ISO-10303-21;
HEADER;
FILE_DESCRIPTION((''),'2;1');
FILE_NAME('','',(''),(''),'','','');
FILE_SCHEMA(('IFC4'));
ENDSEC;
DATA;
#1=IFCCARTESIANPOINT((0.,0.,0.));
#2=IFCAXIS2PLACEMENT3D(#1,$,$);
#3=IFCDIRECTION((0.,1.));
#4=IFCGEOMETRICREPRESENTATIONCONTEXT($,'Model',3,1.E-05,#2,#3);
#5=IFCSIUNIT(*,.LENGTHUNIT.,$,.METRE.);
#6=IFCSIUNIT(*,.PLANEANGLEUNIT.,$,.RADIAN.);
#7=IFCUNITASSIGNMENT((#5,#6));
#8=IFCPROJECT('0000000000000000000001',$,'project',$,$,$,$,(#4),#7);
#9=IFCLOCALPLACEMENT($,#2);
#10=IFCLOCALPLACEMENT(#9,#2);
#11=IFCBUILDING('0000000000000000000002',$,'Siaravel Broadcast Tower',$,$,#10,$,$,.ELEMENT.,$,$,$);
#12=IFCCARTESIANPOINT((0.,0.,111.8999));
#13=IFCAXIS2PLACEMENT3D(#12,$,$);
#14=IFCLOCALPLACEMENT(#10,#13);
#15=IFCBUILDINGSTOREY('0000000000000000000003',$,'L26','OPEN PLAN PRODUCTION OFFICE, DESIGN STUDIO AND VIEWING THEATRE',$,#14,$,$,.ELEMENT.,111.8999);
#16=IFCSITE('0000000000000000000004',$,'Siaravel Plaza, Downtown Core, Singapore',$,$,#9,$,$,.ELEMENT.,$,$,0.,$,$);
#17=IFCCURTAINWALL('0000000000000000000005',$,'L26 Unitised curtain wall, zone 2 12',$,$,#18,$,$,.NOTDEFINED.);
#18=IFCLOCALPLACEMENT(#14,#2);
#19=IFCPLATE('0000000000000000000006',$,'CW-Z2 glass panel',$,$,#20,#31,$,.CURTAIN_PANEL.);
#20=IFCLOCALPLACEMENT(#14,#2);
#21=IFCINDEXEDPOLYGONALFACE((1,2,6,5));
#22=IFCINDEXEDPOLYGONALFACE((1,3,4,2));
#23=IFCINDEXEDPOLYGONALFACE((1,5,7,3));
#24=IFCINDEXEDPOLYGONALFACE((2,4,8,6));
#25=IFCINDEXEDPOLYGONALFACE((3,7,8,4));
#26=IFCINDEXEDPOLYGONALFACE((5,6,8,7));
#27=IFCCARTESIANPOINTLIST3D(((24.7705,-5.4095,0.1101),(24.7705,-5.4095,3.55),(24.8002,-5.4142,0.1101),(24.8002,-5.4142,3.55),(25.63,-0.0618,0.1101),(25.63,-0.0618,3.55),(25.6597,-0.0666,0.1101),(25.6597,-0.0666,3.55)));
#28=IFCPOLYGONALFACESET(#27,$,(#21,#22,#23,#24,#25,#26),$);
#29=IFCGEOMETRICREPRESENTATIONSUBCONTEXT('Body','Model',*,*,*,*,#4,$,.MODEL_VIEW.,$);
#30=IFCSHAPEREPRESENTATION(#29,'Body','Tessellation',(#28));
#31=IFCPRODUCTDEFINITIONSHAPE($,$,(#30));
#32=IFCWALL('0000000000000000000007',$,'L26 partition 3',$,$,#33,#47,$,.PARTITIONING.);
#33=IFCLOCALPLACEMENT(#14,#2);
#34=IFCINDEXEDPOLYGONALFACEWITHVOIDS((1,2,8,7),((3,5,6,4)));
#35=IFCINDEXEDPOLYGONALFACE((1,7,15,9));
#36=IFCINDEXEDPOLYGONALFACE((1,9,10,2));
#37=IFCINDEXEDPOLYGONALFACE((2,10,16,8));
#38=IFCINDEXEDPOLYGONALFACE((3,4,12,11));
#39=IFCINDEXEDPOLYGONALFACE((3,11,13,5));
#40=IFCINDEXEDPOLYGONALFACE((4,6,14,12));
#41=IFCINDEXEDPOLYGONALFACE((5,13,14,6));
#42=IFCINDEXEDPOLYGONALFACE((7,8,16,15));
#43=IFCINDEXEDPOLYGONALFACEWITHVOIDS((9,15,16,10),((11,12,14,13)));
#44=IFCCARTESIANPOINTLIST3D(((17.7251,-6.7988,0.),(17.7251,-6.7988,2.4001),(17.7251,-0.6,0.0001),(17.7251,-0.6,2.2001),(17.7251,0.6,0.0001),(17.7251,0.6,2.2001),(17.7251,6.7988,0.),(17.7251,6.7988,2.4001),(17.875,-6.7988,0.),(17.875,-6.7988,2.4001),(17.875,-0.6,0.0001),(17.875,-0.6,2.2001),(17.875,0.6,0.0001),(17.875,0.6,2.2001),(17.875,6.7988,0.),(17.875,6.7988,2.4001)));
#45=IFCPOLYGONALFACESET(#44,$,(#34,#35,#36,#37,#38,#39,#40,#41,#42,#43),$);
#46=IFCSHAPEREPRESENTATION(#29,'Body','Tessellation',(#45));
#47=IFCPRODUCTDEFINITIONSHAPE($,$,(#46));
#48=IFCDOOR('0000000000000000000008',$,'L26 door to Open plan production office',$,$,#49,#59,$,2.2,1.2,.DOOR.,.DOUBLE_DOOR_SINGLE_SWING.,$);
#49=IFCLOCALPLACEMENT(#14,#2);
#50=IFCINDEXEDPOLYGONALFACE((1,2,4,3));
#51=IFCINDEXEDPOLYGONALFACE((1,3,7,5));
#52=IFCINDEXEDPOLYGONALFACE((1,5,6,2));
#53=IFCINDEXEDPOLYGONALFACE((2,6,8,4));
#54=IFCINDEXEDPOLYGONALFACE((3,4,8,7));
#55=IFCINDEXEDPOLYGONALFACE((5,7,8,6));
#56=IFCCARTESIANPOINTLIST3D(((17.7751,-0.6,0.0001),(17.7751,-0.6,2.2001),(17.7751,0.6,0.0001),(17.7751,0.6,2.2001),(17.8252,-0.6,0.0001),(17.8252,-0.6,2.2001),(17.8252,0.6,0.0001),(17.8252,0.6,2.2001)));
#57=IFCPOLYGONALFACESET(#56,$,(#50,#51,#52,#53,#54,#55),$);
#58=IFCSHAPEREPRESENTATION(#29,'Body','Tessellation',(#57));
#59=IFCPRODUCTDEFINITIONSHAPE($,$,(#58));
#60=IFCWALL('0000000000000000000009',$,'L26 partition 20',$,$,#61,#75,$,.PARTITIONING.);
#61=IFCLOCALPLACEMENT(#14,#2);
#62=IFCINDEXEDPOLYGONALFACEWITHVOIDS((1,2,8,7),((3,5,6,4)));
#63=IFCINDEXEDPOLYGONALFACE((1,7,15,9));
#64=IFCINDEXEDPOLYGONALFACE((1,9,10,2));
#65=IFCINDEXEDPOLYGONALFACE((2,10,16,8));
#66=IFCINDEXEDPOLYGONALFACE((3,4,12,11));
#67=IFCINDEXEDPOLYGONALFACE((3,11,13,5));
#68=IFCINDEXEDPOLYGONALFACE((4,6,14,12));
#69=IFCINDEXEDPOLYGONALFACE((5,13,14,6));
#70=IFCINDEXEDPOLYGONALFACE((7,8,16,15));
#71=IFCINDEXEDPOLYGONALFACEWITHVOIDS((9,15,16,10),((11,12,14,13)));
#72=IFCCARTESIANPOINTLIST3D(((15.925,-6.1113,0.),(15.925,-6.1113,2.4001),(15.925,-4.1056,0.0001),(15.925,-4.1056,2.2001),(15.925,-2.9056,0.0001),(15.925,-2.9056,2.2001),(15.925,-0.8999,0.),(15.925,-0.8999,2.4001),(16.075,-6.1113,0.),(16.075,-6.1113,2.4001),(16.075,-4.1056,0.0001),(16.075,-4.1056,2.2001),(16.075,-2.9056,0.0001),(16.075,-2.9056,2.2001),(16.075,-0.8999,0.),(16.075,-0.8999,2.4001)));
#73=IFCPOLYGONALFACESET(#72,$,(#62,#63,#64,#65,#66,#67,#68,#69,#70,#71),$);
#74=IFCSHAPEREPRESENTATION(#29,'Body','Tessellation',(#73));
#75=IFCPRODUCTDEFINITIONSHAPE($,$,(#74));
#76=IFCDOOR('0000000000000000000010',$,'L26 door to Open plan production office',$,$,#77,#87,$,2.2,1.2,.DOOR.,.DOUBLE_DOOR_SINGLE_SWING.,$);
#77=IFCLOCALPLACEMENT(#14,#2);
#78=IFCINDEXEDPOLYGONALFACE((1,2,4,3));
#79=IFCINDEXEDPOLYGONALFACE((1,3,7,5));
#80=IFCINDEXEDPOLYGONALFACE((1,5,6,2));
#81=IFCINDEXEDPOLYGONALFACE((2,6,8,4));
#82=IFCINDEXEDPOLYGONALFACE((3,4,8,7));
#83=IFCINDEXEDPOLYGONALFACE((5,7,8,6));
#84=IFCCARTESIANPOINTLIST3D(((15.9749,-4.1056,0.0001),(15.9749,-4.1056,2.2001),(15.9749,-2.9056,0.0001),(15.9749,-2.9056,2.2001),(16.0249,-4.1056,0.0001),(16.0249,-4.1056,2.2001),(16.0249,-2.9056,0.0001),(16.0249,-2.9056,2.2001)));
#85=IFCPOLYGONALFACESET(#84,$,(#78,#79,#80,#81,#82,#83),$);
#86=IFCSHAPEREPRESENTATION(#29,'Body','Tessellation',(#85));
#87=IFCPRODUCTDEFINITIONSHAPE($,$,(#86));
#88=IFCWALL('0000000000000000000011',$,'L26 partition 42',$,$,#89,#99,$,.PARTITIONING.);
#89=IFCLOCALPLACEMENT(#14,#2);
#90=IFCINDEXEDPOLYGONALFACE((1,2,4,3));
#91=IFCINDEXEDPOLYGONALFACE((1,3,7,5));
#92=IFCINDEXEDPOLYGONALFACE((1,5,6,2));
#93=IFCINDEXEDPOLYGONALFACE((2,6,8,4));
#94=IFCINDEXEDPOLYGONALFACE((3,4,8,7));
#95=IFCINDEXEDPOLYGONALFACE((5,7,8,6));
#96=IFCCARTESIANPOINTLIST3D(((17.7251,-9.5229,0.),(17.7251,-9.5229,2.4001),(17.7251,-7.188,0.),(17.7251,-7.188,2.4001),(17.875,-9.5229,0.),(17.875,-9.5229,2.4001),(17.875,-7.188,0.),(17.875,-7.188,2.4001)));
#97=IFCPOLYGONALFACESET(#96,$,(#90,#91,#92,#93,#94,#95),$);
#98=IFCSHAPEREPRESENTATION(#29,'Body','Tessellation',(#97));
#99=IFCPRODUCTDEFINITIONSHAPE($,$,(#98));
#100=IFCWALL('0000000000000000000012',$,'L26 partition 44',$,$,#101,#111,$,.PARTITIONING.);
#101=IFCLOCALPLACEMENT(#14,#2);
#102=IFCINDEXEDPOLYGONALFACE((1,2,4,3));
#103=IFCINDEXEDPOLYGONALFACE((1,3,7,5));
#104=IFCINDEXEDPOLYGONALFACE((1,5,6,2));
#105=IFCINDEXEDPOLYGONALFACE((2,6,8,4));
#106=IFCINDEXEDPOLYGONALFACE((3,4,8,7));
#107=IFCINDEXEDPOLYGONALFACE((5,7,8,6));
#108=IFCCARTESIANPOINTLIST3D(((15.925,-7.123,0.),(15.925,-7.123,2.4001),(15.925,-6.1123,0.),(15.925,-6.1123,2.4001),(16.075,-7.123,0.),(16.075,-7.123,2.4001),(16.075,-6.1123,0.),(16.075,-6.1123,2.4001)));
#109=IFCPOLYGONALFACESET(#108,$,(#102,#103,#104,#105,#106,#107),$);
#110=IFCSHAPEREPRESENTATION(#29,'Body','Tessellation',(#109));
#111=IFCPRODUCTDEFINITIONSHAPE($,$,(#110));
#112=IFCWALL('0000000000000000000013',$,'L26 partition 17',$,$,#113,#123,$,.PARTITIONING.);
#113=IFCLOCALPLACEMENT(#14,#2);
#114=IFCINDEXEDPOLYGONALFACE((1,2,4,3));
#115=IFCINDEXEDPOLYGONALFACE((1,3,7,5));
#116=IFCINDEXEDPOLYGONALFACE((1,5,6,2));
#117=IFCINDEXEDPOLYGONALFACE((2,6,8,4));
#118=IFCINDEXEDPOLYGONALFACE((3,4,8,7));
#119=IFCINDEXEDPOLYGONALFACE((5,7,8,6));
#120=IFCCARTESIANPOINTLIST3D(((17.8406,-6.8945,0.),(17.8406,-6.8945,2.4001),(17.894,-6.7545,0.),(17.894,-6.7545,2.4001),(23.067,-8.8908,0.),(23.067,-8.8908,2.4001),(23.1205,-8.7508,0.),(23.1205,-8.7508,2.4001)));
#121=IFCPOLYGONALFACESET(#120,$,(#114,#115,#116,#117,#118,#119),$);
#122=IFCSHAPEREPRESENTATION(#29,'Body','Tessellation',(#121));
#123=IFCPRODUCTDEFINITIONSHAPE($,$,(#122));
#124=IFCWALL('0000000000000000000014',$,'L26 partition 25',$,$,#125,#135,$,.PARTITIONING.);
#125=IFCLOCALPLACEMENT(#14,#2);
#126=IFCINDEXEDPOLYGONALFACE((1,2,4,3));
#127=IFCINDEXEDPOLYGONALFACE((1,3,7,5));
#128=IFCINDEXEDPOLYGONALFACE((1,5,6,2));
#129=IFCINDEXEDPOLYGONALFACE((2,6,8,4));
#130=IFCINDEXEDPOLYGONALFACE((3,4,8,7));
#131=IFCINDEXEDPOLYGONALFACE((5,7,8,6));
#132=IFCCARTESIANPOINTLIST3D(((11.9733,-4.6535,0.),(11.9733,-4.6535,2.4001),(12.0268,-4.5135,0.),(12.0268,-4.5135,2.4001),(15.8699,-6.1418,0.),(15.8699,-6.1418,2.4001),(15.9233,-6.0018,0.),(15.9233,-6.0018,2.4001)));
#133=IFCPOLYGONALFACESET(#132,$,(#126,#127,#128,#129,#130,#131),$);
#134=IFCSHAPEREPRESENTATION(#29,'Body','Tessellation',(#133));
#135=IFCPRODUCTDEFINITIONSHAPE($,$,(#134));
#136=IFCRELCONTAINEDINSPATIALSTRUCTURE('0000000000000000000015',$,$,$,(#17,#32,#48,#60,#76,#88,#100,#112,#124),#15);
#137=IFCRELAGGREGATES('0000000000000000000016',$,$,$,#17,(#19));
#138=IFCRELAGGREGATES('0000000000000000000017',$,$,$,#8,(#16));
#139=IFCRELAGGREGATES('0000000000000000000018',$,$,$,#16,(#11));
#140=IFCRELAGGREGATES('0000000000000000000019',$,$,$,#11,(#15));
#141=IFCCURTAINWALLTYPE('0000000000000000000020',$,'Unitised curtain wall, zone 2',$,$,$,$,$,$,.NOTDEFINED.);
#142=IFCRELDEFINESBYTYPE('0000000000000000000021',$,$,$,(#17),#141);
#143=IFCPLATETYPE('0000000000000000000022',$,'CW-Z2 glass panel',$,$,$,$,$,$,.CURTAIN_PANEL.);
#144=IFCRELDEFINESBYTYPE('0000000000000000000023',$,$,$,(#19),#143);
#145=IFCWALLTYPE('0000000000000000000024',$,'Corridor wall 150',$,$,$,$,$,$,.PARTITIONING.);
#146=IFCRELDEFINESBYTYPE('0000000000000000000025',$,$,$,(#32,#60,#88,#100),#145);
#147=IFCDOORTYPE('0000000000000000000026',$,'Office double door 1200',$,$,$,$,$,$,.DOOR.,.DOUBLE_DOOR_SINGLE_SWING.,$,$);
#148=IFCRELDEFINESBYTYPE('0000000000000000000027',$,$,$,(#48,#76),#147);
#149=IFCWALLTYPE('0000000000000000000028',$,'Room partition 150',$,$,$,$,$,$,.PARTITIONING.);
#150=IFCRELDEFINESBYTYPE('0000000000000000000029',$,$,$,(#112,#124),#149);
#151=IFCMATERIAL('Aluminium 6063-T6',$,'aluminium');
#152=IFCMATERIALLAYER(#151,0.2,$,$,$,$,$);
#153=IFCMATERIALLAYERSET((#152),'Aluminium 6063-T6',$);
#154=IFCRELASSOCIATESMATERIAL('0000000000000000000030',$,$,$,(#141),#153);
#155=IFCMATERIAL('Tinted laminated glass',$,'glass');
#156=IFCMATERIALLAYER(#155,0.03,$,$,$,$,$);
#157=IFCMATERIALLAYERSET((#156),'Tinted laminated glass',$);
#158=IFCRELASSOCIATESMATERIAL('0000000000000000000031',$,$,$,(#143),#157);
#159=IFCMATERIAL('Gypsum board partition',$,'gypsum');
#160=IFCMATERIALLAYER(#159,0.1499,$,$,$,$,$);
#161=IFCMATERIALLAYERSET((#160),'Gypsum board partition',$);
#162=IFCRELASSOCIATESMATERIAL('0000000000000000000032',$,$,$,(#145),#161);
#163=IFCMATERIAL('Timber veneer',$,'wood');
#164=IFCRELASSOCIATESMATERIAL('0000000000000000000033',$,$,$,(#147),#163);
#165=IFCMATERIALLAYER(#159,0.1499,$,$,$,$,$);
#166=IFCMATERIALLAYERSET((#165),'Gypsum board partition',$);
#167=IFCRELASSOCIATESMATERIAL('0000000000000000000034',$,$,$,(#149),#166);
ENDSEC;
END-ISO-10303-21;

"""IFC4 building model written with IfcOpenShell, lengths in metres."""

from ifc_helpers import new_model, si_unit, direction, frame, frame_2d, origin, origin_2d, place, context, subcontext, project, spatial, rectangle, extrude, material, layer, layer_set, type_object, element, fill, aggregate, save


model = new_model("IFC4")

# Units and contexts
model_context = context("Model", 3, precision=1e-05, world=origin(), true_north=direction((0.0, 1.0)))
body_context = subcontext(model_context, "Body", "Model", "MODEL_VIEW")
ifc_project = project(units=[si_unit("LENGTHUNIT", "METRE"), si_unit("PLANEANGLEUNIT", "RADIAN")], contexts=[model_context])

# Site, building, storey
site_placement = place(None, origin())
site = spatial("IfcSite", under=ifc_project, at=site_placement, Name="Siaravel Plaza, Downtown Core, Singapore", CompositionType="ELEMENT", RefElevation=0.0)
building_placement = place(site_placement, origin())
building = spatial("IfcBuilding", under=site, at=building_placement, Name="Siaravel Broadcast Tower", CompositionType="ELEMENT")
storey_placement = place(building_placement, frame((0.0, 0.0, 111.8999)))
storey = spatial("IfcBuildingStorey", under=building, at=storey_placement, Name="L26", Description="OPEN PLAN PRODUCTION OFFICE, DESIGN STUDIO AND VIEWING THEATRE", CompositionType="ELEMENT", Elevation=111.8999)

# Shared definitions
ifc_material_1 = material(Name="Aluminium 6063-T6", Category="aluminium")
ifc_layer_1 = layer(ifc_material_1, 0.2)
ifc_layer_set_1 = layer_set([ifc_layer_1], Name="Aluminium 6063-T6")
curtain_wall_type = type_object("IfcCurtainWallType", Name="Unitised curtain wall, zone 2", PredefinedType="NOTDEFINED", material=ifc_layer_set_1)

# Curtain wall
curtain_wall_1_placement = place(storey_placement, origin())
curtain_wall_1 = element("IfcCurtainWall", 1, at=curtain_wall_1_placement, inside=storey, type_object=curtain_wall_type, Name="L26 Unitised curtain wall, zone 2 12", PredefinedType="NOTDEFINED")

# Plate
ifc_material_2 = material(Name="Tinted laminated glass", Category="glass")
ifc_layer_2 = layer(ifc_material_2, 0.03)
ifc_layer_set_2 = layer_set([ifc_layer_2], Name="Tinted laminated glass")
plate_type = type_object("IfcPlateType", Name="CW-Z2 glass panel", PredefinedType="CURTAIN_PANEL", material=ifc_layer_set_2)
plate_1_placement = place(storey_placement, frame((25.2151, -2.738, 0.1101), z_axis=(0.0, 0.0, 1.0), x_axis=(0.158686, 0.987329, 0.0)))
plate_1 = element("IfcPlate", 2, at=plate_1_placement, type_object=plate_type, Name="CW-Z2 glass panel", PredefinedType="CURTAIN_PANEL", context=body_context, shape_type="SweptSolid", body=[
    extrude(rectangle(XDim=5.4163, YDim=0.03, at=origin_2d()), origin(), (0.0, 0.0, 1.0), 3.4399),
])
aggregate(curtain_wall_1, [plate_1])

# Walls, openings, doors
ifc_material_3 = material(Name="Gypsum board partition", Category="gypsum")
ifc_layer_3 = layer(ifc_material_3, 0.1499)
ifc_layer_set_3 = layer_set([ifc_layer_3], Name="Gypsum board partition")
wall_type_1 = type_object("IfcWallType", Name="Corridor wall 150", PredefinedType="PARTITIONING", material=ifc_layer_set_3)
wall_1_placement = place(storey_placement, frame((17.8, -6.7988, 0.0), z_axis=(0.0, 0.0, 1.0), x_axis=(0.0, 1.0, 0.0)))
wall_1 = element("IfcWall", 3, at=wall_1_placement, inside=storey, type_object=wall_type_1, Name="L26 partition 3", PredefinedType="PARTITIONING", context=body_context, shape_type="SweptSolid", body=[
    extrude(rectangle(XDim=13.5977, YDim=0.1499, at=frame_2d((6.7988, 0.0))), origin(), (0.0, 0.0, 1.0), 2.4001),
])
opening_1_placement = place(wall_1_placement, frame((6.1987, 0.0, 0.0)))
opening_1 = element("IfcOpeningElement", 4, at=opening_1_placement, cuts=wall_1, PredefinedType="OPENING", context=body_context, shape_type="SweptSolid", body=[
    extrude(rectangle(XDim=1.2, YDim=2.2, at=frame_2d((0.6001, 1.1001))), frame((0.0, 0.085, 0.0), z_axis=(0.0, -1.0, 0.0), x_axis=(1.0, 0.0, 0.0)), (0.0, 0.0, 1.0), 0.1699),
])
ifc_material_4 = material(Name="Timber veneer", Category="wood")
door_type_1 = type_object("IfcDoorType", Name="Office double door 1200", OperationType="DOUBLE_DOOR_SINGLE_SWING", PredefinedType="DOOR", material=ifc_material_4)
door_1_placement = place(opening_1_placement, origin())
door_1 = element("IfcDoor", 5, at=door_1_placement, inside=storey, type_object=door_type_1, Name="L26 door to Open plan production office", OperationType="DOUBLE_DOOR_SINGLE_SWING", OverallHeight=2.2, OverallWidth=1.2, PredefinedType="DOOR", context=body_context, shape_type="SweptSolid", body=[
    extrude(rectangle(XDim=1.2, YDim=2.2, at=frame_2d((0.6001, 1.1001))), frame((0.0, 0.0249, 0.0), z_axis=(0.0, -1.0, 0.0), x_axis=(1.0, 0.0, 0.0)), (0.0, 0.0, 1.0), 0.05),
])
fill(opening_1, door_1)
wall_2_placement = place(storey_placement, frame((16.0, -0.8999, 0.0), z_axis=(0.0, 0.0, 1.0), x_axis=(0.0, -1.0, 0.0)))
wall_2 = element("IfcWall", 6, at=wall_2_placement, inside=storey, type_object=wall_type_1, Name="L26 partition 20", PredefinedType="PARTITIONING", context=body_context, shape_type="SweptSolid", body=[
    extrude(rectangle(XDim=5.2114, YDim=0.1499, at=frame_2d((2.6057, 0.0))), origin(), (0.0, 0.0, 1.0), 2.4001),
])
opening_2_placement = place(wall_2_placement, frame((2.0056, 0.0, 0.0)))
opening_2 = element("IfcOpeningElement", 7, at=opening_2_placement, cuts=wall_2, PredefinedType="OPENING", context=body_context, shape_type="SweptSolid", body=[
    extrude(rectangle(XDim=1.2, YDim=2.2, at=frame_2d((0.6001, 1.1001))), frame((0.0, 0.085, 0.0), z_axis=(0.0, -1.0, 0.0), x_axis=(1.0, 0.0, 0.0)), (0.0, 0.0, 1.0), 0.1699),
])
door_2_placement = place(opening_2_placement, origin())
door_2 = element("IfcDoor", 8, at=door_2_placement, inside=storey, type_object=door_type_1, Name="L26 door to Open plan production office", OperationType="DOUBLE_DOOR_SINGLE_SWING", OverallHeight=2.2, OverallWidth=1.2, PredefinedType="DOOR", context=body_context, shape_type="SweptSolid", body=[
    extrude(rectangle(XDim=1.2, YDim=2.2, at=frame_2d((0.6001, 1.1001))), frame((0.0, 0.0249, 0.0), z_axis=(0.0, -1.0, 0.0), x_axis=(1.0, 0.0, 0.0)), (0.0, 0.0, 1.0), 0.05),
])
fill(opening_2, door_2)

# Walls
wall_3_placement = place(storey_placement, frame((17.8, -9.5229, 0.0), z_axis=(0.0, 0.0, 1.0), x_axis=(0.0, 1.0, 0.0)))
element("IfcWall", 9, at=wall_3_placement, inside=storey, type_object=wall_type_1, Name="L26 partition 42", PredefinedType="PARTITIONING", context=body_context, shape_type="SweptSolid", body=[
    extrude(rectangle(XDim=2.335, YDim=0.1499, at=frame_2d((1.1675, 0.0))), origin(), (0.0, 0.0, 1.0), 2.4001),
])
wall_4_placement = place(storey_placement, frame((16.0, -6.1123, 0.0), z_axis=(0.0, 0.0, 1.0), x_axis=(0.0, -1.0, 0.0)))
element("IfcWall", 10, at=wall_4_placement, inside=storey, type_object=wall_type_1, Name="L26 partition 44", PredefinedType="PARTITIONING", context=body_context, shape_type="SweptSolid", body=[
    extrude(rectangle(XDim=1.0107, YDim=0.1499, at=frame_2d((0.5054, 0.0))), origin(), (0.0, 0.0, 1.0), 2.4001),
])
ifc_layer_4 = layer(ifc_material_3, 0.1499)
ifc_layer_set_4 = layer_set([ifc_layer_4], Name="Gypsum board partition")
wall_type_2 = type_object("IfcWallType", Name="Room partition 150", PredefinedType="PARTITIONING", material=ifc_layer_set_4)
wall_5_placement = place(storey_placement, frame((23.0938, -8.8208, 0.0), z_axis=(0.0, 0.0, 1.0), x_axis=(-0.934174, 0.356817, 0.0)))
element("IfcWall", 11, at=wall_5_placement, inside=storey, type_object=wall_type_2, Name="L26 partition 17", PredefinedType="PARTITIONING", context=body_context, shape_type="SweptSolid", body=[
    extrude(rectangle(XDim=5.5947, YDim=0.1499, at=frame_2d((2.7974, 0.0))), origin(), (0.0, 0.0, 1.0), 2.4001),
])
wall_6_placement = place(storey_placement, frame((15.8965, -6.0718, 0.0), z_axis=(0.0, 0.0, 1.0), x_axis=(-0.934176, 0.356813, 0.0)))
element("IfcWall", 12, at=wall_6_placement, inside=storey, type_object=wall_type_2, Name="L26 partition 25", PredefinedType="PARTITIONING", context=body_context, shape_type="SweptSolid", body=[
    extrude(rectangle(XDim=4.1711, YDim=0.1499, at=frame_2d((2.0854, 0.0))), origin(), (0.0, 0.0, 1.0), 2.4001),
])

save(model, "model.ifc")
